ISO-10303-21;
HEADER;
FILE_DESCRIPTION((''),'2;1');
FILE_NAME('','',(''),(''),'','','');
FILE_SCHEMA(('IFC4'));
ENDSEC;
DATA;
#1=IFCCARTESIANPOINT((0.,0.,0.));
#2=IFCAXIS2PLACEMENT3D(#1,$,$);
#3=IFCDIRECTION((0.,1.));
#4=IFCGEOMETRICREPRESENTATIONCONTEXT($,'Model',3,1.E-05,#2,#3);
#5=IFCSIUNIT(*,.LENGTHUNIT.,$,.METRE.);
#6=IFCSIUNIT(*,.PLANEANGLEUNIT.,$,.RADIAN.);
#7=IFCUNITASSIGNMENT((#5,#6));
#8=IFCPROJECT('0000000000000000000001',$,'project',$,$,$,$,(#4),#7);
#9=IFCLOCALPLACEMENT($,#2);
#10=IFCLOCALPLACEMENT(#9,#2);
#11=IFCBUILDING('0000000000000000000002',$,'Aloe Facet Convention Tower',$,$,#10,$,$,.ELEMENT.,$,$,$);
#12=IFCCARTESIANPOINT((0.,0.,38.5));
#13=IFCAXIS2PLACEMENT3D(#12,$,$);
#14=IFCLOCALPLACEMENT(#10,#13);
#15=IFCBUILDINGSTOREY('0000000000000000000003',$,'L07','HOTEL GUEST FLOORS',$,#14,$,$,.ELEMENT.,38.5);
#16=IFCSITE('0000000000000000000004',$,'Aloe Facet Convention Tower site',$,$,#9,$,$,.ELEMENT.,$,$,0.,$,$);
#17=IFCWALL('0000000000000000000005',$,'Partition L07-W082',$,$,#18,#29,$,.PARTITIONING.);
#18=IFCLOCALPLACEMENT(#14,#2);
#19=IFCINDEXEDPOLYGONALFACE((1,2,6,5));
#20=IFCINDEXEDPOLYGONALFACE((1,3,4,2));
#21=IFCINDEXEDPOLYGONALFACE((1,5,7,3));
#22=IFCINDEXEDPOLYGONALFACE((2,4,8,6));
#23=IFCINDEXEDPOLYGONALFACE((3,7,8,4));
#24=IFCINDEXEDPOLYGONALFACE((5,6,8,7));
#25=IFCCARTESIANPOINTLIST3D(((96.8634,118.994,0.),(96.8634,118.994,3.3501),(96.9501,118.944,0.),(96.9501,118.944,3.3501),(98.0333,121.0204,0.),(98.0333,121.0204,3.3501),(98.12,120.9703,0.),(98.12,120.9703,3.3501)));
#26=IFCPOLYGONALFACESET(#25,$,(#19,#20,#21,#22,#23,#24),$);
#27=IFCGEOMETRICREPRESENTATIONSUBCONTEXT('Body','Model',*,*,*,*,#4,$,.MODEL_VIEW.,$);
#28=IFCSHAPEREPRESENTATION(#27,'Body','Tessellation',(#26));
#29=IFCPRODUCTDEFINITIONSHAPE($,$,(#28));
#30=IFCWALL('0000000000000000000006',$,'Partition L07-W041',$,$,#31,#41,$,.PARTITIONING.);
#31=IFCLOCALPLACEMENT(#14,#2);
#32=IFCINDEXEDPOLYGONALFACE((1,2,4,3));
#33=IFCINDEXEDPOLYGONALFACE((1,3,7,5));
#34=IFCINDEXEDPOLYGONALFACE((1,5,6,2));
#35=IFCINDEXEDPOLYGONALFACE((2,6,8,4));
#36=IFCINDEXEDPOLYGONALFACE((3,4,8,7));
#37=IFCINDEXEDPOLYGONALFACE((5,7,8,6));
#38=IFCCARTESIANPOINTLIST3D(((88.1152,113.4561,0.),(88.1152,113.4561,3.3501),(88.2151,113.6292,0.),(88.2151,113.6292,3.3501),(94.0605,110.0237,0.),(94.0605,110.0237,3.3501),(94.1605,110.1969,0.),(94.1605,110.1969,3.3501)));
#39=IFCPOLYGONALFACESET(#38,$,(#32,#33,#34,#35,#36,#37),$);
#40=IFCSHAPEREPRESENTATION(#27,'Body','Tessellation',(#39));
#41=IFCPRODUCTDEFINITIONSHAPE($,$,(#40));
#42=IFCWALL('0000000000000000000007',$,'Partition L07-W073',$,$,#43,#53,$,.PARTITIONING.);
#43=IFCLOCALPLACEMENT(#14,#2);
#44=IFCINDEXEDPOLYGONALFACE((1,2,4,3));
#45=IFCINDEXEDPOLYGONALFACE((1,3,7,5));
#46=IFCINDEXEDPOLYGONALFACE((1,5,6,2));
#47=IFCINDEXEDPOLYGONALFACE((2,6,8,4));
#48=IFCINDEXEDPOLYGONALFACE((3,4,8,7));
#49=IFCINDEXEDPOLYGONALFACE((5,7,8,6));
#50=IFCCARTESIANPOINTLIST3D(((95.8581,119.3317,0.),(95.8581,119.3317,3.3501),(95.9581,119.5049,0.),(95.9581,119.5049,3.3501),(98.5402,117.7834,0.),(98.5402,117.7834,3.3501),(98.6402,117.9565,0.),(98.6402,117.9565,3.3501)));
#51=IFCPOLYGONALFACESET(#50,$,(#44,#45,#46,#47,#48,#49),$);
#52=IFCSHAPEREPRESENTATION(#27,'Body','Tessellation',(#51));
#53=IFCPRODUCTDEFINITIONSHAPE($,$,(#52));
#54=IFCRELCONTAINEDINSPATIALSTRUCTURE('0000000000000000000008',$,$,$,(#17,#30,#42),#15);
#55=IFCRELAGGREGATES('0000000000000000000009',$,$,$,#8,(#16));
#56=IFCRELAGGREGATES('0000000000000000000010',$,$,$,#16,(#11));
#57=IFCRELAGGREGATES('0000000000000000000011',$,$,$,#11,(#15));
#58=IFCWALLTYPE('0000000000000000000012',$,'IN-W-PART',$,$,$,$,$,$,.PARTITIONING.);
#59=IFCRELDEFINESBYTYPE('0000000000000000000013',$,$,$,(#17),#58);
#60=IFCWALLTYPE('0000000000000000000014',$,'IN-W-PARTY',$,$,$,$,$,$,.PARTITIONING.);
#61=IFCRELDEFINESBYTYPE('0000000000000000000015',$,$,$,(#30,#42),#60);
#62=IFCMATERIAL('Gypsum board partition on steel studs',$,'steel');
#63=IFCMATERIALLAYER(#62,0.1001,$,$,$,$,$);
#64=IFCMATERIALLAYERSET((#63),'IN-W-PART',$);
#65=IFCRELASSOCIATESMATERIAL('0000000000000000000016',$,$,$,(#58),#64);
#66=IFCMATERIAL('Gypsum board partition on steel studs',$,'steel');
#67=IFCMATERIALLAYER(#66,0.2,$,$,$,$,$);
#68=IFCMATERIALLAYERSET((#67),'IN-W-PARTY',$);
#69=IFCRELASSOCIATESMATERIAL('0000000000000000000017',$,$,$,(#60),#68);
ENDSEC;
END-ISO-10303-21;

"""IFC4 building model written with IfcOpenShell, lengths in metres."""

from ifc_helpers import new_model, si_unit, direction, frame, frame_2d, origin, place, context, subcontext, project, spatial, rectangle, extrude, material, layer, layer_set, type_object, element, save


model = new_model("IFC4")

# Units and contexts
model_context = context("Model", 3, precision=1e-05, world=origin(), true_north=direction((0.0, 1.0)))
body_context = subcontext(model_context, "Body", "Model", "MODEL_VIEW")
ifc_project = project(units=[si_unit("LENGTHUNIT", "METRE"), si_unit("PLANEANGLEUNIT", "RADIAN")], contexts=[model_context])

# Site, building, storey
site_placement = place(None, origin())
site = spatial("IfcSite", under=ifc_project, at=site_placement, Name="Aloe Facet Convention Tower site", CompositionType="ELEMENT", RefElevation=0.0)
building_placement = place(site_placement, origin())
building = spatial("IfcBuilding", under=site, at=building_placement, Name="Aloe Facet Convention Tower", CompositionType="ELEMENT")
storey_placement = place(building_placement, frame((0.0, 0.0, 38.5)))
storey = spatial("IfcBuildingStorey", under=building, at=storey_placement, Name="L07", Description="HOTEL GUEST FLOORS", CompositionType="ELEMENT", Elevation=38.5)

# Shared definitions
ifc_material_1 = material(Name="Gypsum board partition on steel studs", Category="steel")
ifc_layer_1 = layer(ifc_material_1, 0.1001)
ifc_layer_set_1 = layer_set([ifc_layer_1], Name="IN-W-PART")
wall_type_1 = type_object("IfcWallType", Name="IN-W-PART", PredefinedType="PARTITIONING", material=ifc_layer_set_1)

# Walls
wall_1_placement = place(storey_placement, frame((96.9067, 118.969, 0.0), z_axis=(0.0, 0.0, 1.0), x_axis=(0.499999, 0.866026, 0.0)))
element("IfcWall", 1, at=wall_1_placement, inside=storey, type_object=wall_type_1, Name="Partition L07-W082", PredefinedType="PARTITIONING", context=body_context, shape_type="SweptSolid", body=[
    extrude(rectangle(XDim=2.3398, YDim=0.1001, at=frame_2d((1.1699, 0.0))), origin(), (0.0, 0.0, 1.0), 3.3501),
])
ifc_material_2 = material(Name="Gypsum board partition on steel studs", Category="steel")
ifc_layer_2 = layer(ifc_material_2, 0.2)
ifc_layer_set_2 = layer_set([ifc_layer_2], Name="IN-W-PARTY")
wall_type_2 = type_object("IfcWallType", Name="IN-W-PARTY", PredefinedType="PARTITIONING", material=ifc_layer_set_2)
wall_2_placement = place(storey_placement, frame((88.165, 113.5427, 0.0), z_axis=(0.0, 0.0, 1.0), x_axis=(0.866035, -0.499983, 0.0)))
element("IfcWall", 2, at=wall_2_placement, inside=storey, type_object=wall_type_2, Name="Partition L07-W041", PredefinedType="PARTITIONING", context=body_context, shape_type="SweptSolid", body=[
    extrude(rectangle(XDim=6.865, YDim=0.2, at=frame_2d((3.4326, 0.0))), origin(), (0.0, 0.0, 1.0), 3.3501),
])
wall_3_placement = place(storey_placement, frame((95.9082, 119.4182, 0.0), z_axis=(0.0, 0.0, 1.0), x_axis=(0.866052, -0.499954, 0.0)))
element("IfcWall", 3, at=wall_3_placement, inside=storey, type_object=wall_type_2, Name="Partition L07-W073", PredefinedType="PARTITIONING", context=body_context, shape_type="SweptSolid", body=[
    extrude(rectangle(XDim=3.0969, YDim=0.2, at=frame_2d((1.5483, 0.0))), origin(), (0.0, 0.0, 1.0), 3.3501),
])

save(model, "model.ifc")
